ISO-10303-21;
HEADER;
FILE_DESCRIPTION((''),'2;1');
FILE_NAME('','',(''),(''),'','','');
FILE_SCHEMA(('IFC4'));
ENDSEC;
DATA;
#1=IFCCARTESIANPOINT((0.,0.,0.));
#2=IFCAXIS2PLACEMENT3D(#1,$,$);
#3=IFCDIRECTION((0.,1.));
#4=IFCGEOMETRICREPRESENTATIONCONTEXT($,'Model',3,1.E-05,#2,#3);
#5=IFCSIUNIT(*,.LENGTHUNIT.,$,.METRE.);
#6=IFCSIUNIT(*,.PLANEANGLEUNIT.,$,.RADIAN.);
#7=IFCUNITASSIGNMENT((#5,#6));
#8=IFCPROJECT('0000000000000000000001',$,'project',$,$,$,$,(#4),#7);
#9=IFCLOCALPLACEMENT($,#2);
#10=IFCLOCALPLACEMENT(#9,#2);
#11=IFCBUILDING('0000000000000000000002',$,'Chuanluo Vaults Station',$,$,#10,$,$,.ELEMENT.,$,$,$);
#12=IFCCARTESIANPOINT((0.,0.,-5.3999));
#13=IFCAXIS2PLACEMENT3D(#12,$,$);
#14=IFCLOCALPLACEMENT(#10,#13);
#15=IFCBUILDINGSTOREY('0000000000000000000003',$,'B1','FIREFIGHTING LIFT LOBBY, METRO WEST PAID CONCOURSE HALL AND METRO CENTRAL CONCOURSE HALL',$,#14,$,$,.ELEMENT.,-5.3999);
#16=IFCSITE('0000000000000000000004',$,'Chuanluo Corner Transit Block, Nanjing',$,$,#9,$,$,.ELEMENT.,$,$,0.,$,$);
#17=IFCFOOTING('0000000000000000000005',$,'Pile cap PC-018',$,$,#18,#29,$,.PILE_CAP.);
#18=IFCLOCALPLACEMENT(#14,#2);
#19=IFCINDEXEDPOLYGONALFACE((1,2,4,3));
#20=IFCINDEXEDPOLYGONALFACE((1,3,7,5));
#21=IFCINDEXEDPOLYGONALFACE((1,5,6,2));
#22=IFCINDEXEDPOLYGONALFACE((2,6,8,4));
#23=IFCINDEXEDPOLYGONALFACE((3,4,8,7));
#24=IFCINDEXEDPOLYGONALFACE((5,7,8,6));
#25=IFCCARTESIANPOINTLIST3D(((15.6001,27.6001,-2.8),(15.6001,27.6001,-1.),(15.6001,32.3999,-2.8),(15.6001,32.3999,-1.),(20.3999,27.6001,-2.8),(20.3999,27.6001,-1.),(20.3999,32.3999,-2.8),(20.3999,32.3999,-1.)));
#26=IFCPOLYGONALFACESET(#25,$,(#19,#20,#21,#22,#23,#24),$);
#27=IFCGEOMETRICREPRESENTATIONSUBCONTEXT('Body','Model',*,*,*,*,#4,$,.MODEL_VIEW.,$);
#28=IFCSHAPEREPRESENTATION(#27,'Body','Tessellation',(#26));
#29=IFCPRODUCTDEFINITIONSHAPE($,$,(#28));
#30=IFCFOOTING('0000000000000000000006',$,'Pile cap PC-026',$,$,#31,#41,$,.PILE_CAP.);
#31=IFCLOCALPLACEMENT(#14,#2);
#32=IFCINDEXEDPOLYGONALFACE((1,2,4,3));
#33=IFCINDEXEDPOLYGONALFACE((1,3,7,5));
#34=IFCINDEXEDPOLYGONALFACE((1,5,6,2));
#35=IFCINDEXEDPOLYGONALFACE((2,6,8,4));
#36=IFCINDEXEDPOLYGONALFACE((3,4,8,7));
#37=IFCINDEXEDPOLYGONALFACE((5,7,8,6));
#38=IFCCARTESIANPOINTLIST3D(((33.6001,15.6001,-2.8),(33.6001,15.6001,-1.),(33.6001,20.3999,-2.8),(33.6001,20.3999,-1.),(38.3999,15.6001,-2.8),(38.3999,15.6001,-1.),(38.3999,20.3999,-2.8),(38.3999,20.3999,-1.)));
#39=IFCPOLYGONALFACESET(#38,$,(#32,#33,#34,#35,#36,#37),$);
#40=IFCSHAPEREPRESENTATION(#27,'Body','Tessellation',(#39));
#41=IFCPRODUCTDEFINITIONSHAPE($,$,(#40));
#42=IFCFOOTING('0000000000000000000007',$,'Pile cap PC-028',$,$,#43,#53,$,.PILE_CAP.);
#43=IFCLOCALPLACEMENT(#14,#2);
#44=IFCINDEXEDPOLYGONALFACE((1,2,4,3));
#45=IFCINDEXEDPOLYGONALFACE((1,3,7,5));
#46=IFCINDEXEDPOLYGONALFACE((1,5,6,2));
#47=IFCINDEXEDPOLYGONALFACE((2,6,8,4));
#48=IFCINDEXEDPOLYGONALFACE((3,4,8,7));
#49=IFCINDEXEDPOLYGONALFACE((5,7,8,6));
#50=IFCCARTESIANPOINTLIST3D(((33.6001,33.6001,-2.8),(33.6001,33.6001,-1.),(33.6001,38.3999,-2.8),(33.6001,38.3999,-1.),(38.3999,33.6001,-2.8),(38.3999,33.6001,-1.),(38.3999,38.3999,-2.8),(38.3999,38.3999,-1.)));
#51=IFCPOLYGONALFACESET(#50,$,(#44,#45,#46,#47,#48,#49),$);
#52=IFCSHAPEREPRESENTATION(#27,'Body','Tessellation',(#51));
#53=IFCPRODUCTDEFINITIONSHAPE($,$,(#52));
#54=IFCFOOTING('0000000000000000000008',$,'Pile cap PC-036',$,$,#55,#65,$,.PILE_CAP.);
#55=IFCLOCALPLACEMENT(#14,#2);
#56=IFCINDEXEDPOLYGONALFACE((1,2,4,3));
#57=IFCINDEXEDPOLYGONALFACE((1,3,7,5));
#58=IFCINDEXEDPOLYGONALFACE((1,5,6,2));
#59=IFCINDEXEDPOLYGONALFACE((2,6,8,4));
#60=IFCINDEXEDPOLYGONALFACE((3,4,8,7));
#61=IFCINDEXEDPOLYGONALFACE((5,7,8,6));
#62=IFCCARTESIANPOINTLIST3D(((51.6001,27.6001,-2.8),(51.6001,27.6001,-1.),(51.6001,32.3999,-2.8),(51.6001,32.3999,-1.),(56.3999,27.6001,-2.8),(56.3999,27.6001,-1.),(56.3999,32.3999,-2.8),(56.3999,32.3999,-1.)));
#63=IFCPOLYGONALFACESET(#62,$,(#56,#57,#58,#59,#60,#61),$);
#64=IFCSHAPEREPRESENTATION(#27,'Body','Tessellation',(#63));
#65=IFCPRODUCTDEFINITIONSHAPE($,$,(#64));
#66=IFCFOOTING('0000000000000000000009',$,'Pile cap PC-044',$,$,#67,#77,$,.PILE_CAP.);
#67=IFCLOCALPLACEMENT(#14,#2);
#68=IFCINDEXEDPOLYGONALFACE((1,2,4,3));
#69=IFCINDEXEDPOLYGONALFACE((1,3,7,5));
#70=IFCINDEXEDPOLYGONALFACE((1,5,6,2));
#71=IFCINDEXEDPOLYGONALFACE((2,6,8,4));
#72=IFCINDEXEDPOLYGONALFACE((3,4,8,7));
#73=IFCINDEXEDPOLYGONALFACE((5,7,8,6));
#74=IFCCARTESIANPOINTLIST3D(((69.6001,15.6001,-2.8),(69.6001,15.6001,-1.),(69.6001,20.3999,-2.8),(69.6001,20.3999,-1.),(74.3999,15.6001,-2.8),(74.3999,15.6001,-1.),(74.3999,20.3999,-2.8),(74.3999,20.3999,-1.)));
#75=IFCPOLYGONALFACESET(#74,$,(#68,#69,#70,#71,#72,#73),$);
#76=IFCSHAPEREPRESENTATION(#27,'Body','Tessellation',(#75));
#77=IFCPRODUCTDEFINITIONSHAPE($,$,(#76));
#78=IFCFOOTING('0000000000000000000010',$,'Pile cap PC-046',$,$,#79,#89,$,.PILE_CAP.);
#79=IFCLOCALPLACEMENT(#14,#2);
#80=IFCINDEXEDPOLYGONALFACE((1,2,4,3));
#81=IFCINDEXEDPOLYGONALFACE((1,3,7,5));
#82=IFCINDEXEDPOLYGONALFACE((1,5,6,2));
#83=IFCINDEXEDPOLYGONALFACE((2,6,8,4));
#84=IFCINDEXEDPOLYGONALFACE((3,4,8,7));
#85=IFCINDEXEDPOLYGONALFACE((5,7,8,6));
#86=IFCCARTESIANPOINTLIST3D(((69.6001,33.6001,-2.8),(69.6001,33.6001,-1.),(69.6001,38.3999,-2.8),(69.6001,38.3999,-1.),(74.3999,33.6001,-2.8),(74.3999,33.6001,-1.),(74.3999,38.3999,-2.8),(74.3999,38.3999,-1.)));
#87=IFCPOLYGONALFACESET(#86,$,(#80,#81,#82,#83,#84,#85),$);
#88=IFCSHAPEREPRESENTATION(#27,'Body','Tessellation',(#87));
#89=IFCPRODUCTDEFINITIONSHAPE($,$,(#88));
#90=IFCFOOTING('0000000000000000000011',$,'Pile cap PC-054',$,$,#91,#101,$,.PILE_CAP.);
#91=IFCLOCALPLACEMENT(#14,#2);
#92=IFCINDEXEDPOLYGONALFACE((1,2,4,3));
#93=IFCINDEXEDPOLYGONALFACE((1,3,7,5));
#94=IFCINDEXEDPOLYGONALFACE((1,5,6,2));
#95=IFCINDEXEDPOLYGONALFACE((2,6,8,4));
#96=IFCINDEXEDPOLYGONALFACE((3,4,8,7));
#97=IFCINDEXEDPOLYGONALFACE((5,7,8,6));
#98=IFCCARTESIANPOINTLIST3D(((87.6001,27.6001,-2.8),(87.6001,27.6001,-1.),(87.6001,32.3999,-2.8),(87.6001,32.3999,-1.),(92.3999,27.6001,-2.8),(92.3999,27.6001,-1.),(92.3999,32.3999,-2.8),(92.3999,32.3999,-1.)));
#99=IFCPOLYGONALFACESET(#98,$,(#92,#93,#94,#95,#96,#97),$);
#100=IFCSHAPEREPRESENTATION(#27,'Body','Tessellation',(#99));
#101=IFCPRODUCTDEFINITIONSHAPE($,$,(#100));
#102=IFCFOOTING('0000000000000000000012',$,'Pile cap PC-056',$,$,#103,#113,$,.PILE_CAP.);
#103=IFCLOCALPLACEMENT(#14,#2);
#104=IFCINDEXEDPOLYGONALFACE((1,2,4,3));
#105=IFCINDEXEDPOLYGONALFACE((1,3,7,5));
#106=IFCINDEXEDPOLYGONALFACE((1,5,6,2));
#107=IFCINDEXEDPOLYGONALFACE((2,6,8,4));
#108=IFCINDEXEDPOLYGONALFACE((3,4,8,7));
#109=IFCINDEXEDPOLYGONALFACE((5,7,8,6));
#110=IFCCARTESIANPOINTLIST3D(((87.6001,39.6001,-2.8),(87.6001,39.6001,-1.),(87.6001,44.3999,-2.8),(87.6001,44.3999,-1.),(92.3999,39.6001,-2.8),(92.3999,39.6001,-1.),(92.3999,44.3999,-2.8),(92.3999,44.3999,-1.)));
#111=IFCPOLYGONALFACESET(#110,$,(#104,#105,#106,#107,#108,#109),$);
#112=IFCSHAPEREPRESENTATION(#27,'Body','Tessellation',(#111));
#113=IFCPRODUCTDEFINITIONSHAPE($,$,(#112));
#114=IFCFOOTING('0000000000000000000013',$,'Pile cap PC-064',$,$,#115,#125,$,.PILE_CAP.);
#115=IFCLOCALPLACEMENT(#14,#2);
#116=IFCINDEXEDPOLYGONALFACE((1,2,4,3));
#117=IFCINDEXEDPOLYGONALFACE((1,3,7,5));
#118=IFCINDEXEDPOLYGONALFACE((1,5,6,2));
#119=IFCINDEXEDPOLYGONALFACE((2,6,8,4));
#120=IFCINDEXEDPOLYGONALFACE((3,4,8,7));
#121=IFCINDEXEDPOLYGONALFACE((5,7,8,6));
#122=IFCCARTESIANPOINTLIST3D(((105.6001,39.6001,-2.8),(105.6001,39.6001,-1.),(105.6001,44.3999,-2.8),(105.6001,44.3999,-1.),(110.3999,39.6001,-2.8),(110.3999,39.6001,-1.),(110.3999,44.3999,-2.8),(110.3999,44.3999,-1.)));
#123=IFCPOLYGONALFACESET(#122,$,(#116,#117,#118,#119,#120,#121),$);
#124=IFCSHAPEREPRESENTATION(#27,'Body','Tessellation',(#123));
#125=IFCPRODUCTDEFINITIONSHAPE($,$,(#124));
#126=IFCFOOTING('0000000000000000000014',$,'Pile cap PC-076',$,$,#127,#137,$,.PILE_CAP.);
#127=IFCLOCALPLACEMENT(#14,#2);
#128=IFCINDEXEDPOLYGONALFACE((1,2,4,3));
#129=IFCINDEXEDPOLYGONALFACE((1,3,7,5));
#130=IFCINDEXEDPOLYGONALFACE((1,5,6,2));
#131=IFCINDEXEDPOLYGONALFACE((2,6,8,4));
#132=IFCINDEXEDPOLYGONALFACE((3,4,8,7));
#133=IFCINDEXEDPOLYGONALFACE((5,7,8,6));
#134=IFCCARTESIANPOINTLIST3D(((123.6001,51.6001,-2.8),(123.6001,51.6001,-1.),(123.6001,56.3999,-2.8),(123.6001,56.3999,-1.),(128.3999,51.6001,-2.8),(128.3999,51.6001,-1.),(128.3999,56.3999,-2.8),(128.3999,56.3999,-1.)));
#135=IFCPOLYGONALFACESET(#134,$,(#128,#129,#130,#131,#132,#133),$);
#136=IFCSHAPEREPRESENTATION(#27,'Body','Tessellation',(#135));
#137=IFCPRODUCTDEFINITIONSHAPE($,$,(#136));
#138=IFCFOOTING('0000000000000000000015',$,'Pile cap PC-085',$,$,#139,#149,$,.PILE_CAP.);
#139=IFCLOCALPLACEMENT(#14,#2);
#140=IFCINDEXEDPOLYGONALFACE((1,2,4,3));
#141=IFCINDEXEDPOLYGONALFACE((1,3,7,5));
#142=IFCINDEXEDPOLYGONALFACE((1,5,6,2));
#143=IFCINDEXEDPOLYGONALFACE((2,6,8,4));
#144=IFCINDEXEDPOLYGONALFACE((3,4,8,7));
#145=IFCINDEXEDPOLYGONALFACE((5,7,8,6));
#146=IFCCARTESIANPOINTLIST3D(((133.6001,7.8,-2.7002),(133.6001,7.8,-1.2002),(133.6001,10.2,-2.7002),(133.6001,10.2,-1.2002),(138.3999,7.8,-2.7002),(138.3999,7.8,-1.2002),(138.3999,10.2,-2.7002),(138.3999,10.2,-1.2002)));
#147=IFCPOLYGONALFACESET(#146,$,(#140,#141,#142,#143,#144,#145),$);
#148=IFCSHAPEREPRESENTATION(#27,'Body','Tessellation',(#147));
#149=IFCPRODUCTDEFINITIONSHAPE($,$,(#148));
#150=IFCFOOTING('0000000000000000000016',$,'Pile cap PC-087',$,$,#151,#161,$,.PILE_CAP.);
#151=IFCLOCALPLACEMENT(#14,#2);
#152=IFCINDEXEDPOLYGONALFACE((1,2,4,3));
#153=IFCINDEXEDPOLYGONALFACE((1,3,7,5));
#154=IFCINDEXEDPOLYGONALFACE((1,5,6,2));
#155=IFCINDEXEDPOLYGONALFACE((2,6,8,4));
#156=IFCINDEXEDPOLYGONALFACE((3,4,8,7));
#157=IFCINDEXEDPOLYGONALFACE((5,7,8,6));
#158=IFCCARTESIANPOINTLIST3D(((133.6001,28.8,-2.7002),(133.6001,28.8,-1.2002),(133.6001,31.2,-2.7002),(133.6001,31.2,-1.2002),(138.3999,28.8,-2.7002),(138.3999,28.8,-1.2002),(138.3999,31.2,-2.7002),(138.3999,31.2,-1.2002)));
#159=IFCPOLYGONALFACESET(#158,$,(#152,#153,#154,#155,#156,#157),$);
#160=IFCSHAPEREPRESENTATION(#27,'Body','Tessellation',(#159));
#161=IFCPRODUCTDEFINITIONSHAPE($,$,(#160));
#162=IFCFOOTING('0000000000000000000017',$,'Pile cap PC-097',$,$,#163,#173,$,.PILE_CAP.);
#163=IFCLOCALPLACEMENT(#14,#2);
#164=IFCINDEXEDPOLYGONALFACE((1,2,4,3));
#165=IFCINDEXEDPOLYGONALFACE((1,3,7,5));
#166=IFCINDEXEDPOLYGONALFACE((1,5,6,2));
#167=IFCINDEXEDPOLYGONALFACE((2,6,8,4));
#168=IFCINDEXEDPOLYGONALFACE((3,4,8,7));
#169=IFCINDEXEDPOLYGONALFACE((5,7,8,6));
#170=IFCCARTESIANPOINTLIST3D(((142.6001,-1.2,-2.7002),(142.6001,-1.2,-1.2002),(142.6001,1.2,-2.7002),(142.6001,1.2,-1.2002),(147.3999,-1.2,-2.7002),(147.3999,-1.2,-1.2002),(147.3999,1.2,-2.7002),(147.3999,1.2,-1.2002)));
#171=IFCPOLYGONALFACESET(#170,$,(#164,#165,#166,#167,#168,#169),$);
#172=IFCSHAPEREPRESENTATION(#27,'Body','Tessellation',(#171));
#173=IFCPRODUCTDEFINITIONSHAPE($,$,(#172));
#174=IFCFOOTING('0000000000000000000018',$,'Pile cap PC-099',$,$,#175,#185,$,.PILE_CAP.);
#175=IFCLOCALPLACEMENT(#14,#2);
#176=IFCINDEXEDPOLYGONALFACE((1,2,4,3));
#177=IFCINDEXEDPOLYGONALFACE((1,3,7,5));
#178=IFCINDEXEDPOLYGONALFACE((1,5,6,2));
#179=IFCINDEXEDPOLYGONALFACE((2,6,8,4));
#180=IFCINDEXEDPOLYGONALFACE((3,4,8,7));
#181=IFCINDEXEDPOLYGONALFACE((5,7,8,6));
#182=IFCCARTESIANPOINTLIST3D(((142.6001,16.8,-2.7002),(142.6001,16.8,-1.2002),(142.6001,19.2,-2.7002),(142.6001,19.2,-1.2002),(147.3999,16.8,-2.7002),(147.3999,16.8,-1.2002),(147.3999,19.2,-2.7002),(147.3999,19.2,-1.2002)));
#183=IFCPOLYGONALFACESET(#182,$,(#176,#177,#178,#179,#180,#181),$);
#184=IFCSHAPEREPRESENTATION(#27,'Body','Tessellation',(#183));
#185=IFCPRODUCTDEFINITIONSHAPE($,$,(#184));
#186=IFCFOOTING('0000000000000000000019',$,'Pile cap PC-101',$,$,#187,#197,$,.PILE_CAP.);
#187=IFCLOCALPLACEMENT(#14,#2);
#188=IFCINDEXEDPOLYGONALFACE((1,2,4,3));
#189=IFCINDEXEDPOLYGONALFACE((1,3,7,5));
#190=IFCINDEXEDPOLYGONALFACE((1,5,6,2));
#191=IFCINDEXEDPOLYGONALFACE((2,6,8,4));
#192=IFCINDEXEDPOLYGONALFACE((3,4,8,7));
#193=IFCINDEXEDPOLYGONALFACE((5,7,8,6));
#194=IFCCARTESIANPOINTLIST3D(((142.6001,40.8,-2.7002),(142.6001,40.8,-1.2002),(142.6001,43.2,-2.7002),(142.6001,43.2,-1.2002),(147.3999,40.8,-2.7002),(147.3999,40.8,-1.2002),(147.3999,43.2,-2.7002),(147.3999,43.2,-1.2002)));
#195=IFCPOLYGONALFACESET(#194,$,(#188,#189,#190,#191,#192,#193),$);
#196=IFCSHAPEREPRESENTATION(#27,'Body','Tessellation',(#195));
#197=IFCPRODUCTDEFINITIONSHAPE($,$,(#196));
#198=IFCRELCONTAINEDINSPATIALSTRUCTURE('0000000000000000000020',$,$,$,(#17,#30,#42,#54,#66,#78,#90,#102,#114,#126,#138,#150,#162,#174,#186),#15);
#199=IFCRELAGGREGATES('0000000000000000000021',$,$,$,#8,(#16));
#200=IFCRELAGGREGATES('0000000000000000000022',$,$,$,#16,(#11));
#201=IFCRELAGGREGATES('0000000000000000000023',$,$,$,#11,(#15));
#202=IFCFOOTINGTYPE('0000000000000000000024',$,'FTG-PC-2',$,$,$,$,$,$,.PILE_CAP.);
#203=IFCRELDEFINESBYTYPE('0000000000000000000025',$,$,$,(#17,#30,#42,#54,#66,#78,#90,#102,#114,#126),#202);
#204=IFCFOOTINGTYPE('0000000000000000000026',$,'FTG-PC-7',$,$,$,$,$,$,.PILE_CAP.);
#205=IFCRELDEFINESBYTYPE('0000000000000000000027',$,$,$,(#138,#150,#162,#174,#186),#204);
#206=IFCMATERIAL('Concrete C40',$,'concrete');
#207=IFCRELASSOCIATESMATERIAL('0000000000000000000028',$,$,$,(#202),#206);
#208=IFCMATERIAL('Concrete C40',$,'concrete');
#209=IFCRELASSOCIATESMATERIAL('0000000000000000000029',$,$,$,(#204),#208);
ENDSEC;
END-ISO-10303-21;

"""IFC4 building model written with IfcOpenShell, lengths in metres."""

from ifc_helpers import new_model, si_unit, direction, frame, origin, place, context, subcontext, project, spatial, polyline, outline, extrude, material, type_object, element, save


model = new_model("IFC4")

# Units and contexts
model_context = context("Model", 3, precision=1e-05, world=origin(), true_north=direction((0.0, 1.0)))
body_context = subcontext(model_context, "Body", "Model", "MODEL_VIEW")
ifc_project = project(units=[si_unit("LENGTHUNIT", "METRE"), si_unit("PLANEANGLEUNIT", "RADIAN")], contexts=[model_context])

# Site, building, storey
site_placement = place(None, origin())
site = spatial("IfcSite", under=ifc_project, at=site_placement, Name="Chuanluo Corner Transit Block, Nanjing", CompositionType="ELEMENT", RefElevation=0.0)
building_placement = place(site_placement, origin())
building = spatial("IfcBuilding", under=site, at=building_placement, Name="Chuanluo Vaults Station", CompositionType="ELEMENT")
storey_placement = place(building_placement, frame((0.0, 0.0, -5.3999)))
storey = spatial("IfcBuildingStorey", under=building, at=storey_placement, Name="B1", Description="FIREFIGHTING LIFT LOBBY, METRO WEST PAID CONCOURSE HALL AND METRO CENTRAL CONCOURSE HALL", CompositionType="ELEMENT", Elevation=-5.3999)

# Footings
ifc_material_1 = material(Name="Concrete C40", Category="concrete")
footing_type_1 = type_object("IfcFootingType", Name="FTG-PC-2", PredefinedType="PILE_CAP", material=ifc_material_1)
footing_1_placement = place(storey_placement, frame((0.0, 0.0, -2.8)))
element("IfcFooting", 1, at=footing_1_placement, inside=storey, type_object=footing_type_1, Name="Pile cap PC-018", PredefinedType="PILE_CAP", context=body_context, shape_type="SweptSolid", body=[
    extrude(outline(polyline([(15.6001, 27.6001), (20.3999, 27.6001), (20.3999, 32.3999), (15.6001, 32.3999), (15.6001, 27.6001)])), origin(), (0.0, 0.0, 1.0), 1.8),
])
footing_2_placement = place(storey_placement, frame((0.0, 0.0, -2.8)))
element("IfcFooting", 2, at=footing_2_placement, inside=storey, type_object=footing_type_1, Name="Pile cap PC-026", PredefinedType="PILE_CAP", context=body_context, shape_type="SweptSolid", body=[
    extrude(outline(polyline([(33.6001, 15.6001), (38.3999, 15.6001), (38.3999, 20.3999), (33.6001, 20.3999), (33.6001, 15.6001)])), origin(), (0.0, 0.0, 1.0), 1.8),
])
footing_3_placement = place(storey_placement, frame((0.0, 0.0, -2.8)))
element("IfcFooting", 3, at=footing_3_placement, inside=storey, type_object=footing_type_1, Name="Pile cap PC-028", PredefinedType="PILE_CAP", context=body_context, shape_type="SweptSolid", body=[
    extrude(outline(polyline([(33.6001, 33.6001), (38.3999, 33.6001), (38.3999, 38.3999), (33.6001, 38.3999), (33.6001, 33.6001)])), origin(), (0.0, 0.0, 1.0), 1.8),
])
footing_4_placement = place(storey_placement, frame((0.0, 0.0, -2.8)))
element("IfcFooting", 4, at=footing_4_placement, inside=storey, type_object=footing_type_1, Name="Pile cap PC-036", PredefinedType="PILE_CAP", context=body_context, shape_type="SweptSolid", body=[
    extrude(outline(polyline([(51.6001, 27.6001), (56.3999, 27.6001), (56.3999, 32.3999), (51.6001, 32.3999), (51.6001, 27.6001)])), origin(), (0.0, 0.0, 1.0), 1.8),
])
footing_5_placement = place(storey_placement, frame((0.0, 0.0, -2.8)))
element("IfcFooting", 5, at=footing_5_placement, inside=storey, type_object=footing_type_1, Name="Pile cap PC-044", PredefinedType="PILE_CAP", context=body_context, shape_type="SweptSolid", body=[
    extrude(outline(polyline([(69.6001, 15.6001), (74.3999, 15.6001), (74.3999, 20.3999), (69.6001, 20.3999), (69.6001, 15.6001)])), origin(), (0.0, 0.0, 1.0), 1.8),
])
footing_6_placement = place(storey_placement, frame((0.0, 0.0, -2.8)))
element("IfcFooting", 6, at=footing_6_placement, inside=storey, type_object=footing_type_1, Name="Pile cap PC-046", PredefinedType="PILE_CAP", context=body_context, shape_type="SweptSolid", body=[
    extrude(outline(polyline([(69.6001, 33.6001), (74.3999, 33.6001), (74.3999, 38.3999), (69.6001, 38.3999), (69.6001, 33.6001)])), origin(), (0.0, 0.0, 1.0), 1.8),
])
footing_7_placement = place(storey_placement, frame((0.0, 0.0, -2.8)))
element("IfcFooting", 7, at=footing_7_placement, inside=storey, type_object=footing_type_1, Name="Pile cap PC-054", PredefinedType="PILE_CAP", context=body_context, shape_type="SweptSolid", body=[
    extrude(outline(polyline([(87.6001, 27.6001), (92.3999, 27.6001), (92.3999, 32.3999), (87.6001, 32.3999), (87.6001, 27.6001)])), origin(), (0.0, 0.0, 1.0), 1.8),
])
footing_8_placement = place(storey_placement, frame((0.0, 0.0, -2.8)))
element("IfcFooting", 8, at=footing_8_placement, inside=storey, type_object=footing_type_1, Name="Pile cap PC-056", PredefinedType="PILE_CAP", context=body_context, shape_type="SweptSolid", body=[
    extrude(outline(polyline([(87.6001, 39.6001), (92.3999, 39.6001), (92.3999, 44.3999), (87.6001, 44.3999), (87.6001, 39.6001)])), origin(), (0.0, 0.0, 1.0), 1.8),
])
footing_9_placement = place(storey_placement, frame((0.0, 0.0, -2.8)))
element("IfcFooting", 9, at=footing_9_placement, inside=storey, type_object=footing_type_1, Name="Pile cap PC-064", PredefinedType="PILE_CAP", context=body_context, shape_type="SweptSolid", body=[
    extrude(outline(polyline([(105.6001, 39.6001), (110.3999, 39.6001), (110.3999, 44.3999), (105.6001, 44.3999), (105.6001, 39.6001)])), origin(), (0.0, 0.0, 1.0), 1.8),
])
footing_10_placement = place(storey_placement, frame((0.0, 0.0, -2.8)))
element("IfcFooting", 10, at=footing_10_placement, inside=storey, type_object=footing_type_1, Name="Pile cap PC-076", PredefinedType="PILE_CAP", context=body_context, shape_type="SweptSolid", body=[
    extrude(outline(polyline([(123.6001, 51.6001), (128.3999, 51.6001), (128.3999, 56.3999), (123.6001, 56.3999), (123.6001, 51.6001)])), origin(), (0.0, 0.0, 1.0), 1.8),
])
ifc_material_2 = material(Name="Concrete C40", Category="concrete")
footing_type_2 = type_object("IfcFootingType", Name="FTG-PC-7", PredefinedType="PILE_CAP", material=ifc_material_2)
footing_11_placement = place(storey_placement, frame((0.0, 0.0, -2.7002)))
element("IfcFooting", 11, at=footing_11_placement, inside=storey, type_object=footing_type_2, Name="Pile cap PC-085", PredefinedType="PILE_CAP", context=body_context, shape_type="SweptSolid", body=[
    extrude(outline(polyline([(133.6001, 7.8), (138.3999, 7.8), (138.3999, 10.2), (133.6001, 10.2), (133.6001, 7.8)])), origin(), (0.0, 0.0, 1.0), 1.5),
])
footing_12_placement = place(storey_placement, frame((0.0, 0.0, -2.7002)))
element("IfcFooting", 12, at=footing_12_placement, inside=storey, type_object=footing_type_2, Name="Pile cap PC-087", PredefinedType="PILE_CAP", context=body_context, shape_type="SweptSolid", body=[
    extrude(outline(polyline([(133.6001, 28.8), (138.3999, 28.8), (138.3999, 31.2), (133.6001, 31.2), (133.6001, 28.8)])), origin(), (0.0, 0.0, 1.0), 1.5),
])
footing_13_placement = place(storey_placement, frame((0.0, 0.0, -2.7002)))
element("IfcFooting", 13, at=footing_13_placement, inside=storey, type_object=footing_type_2, Name="Pile cap PC-097", PredefinedType="PILE_CAP", context=body_context, shape_type="SweptSolid", body=[
    extrude(outline(polyline([(142.6001, -1.2), (147.3999, -1.2), (147.3999, 1.2), (142.6001, 1.2), (142.6001, -1.2)])), origin(), (0.0, 0.0, 1.0), 1.5),
])
footing_14_placement = place(storey_placement, frame((0.0, 0.0, -2.7002)))
element("IfcFooting", 14, at=footing_14_placement, inside=storey, type_object=footing_type_2, Name="Pile cap PC-099", PredefinedType="PILE_CAP", context=body_context, shape_type="SweptSolid", body=[
    extrude(outline(polyline([(142.6001, 16.8), (147.3999, 16.8), (147.3999, 19.2), (142.6001, 19.2), (142.6001, 16.8)])), origin(), (0.0, 0.0, 1.0), 1.5),
])
footing_15_placement = place(storey_placement, frame((0.0, 0.0, -2.7002)))
element("IfcFooting", 15, at=footing_15_placement, inside=storey, type_object=footing_type_2, Name="Pile cap PC-101", PredefinedType="PILE_CAP", context=body_context, shape_type="SweptSolid", body=[
    extrude(outline(polyline([(142.6001, 40.8), (147.3999, 40.8), (147.3999, 43.2), (142.6001, 43.2), (142.6001, 40.8)])), origin(), (0.0, 0.0, 1.0), 1.5),
])

save(model, "model.ifc")
